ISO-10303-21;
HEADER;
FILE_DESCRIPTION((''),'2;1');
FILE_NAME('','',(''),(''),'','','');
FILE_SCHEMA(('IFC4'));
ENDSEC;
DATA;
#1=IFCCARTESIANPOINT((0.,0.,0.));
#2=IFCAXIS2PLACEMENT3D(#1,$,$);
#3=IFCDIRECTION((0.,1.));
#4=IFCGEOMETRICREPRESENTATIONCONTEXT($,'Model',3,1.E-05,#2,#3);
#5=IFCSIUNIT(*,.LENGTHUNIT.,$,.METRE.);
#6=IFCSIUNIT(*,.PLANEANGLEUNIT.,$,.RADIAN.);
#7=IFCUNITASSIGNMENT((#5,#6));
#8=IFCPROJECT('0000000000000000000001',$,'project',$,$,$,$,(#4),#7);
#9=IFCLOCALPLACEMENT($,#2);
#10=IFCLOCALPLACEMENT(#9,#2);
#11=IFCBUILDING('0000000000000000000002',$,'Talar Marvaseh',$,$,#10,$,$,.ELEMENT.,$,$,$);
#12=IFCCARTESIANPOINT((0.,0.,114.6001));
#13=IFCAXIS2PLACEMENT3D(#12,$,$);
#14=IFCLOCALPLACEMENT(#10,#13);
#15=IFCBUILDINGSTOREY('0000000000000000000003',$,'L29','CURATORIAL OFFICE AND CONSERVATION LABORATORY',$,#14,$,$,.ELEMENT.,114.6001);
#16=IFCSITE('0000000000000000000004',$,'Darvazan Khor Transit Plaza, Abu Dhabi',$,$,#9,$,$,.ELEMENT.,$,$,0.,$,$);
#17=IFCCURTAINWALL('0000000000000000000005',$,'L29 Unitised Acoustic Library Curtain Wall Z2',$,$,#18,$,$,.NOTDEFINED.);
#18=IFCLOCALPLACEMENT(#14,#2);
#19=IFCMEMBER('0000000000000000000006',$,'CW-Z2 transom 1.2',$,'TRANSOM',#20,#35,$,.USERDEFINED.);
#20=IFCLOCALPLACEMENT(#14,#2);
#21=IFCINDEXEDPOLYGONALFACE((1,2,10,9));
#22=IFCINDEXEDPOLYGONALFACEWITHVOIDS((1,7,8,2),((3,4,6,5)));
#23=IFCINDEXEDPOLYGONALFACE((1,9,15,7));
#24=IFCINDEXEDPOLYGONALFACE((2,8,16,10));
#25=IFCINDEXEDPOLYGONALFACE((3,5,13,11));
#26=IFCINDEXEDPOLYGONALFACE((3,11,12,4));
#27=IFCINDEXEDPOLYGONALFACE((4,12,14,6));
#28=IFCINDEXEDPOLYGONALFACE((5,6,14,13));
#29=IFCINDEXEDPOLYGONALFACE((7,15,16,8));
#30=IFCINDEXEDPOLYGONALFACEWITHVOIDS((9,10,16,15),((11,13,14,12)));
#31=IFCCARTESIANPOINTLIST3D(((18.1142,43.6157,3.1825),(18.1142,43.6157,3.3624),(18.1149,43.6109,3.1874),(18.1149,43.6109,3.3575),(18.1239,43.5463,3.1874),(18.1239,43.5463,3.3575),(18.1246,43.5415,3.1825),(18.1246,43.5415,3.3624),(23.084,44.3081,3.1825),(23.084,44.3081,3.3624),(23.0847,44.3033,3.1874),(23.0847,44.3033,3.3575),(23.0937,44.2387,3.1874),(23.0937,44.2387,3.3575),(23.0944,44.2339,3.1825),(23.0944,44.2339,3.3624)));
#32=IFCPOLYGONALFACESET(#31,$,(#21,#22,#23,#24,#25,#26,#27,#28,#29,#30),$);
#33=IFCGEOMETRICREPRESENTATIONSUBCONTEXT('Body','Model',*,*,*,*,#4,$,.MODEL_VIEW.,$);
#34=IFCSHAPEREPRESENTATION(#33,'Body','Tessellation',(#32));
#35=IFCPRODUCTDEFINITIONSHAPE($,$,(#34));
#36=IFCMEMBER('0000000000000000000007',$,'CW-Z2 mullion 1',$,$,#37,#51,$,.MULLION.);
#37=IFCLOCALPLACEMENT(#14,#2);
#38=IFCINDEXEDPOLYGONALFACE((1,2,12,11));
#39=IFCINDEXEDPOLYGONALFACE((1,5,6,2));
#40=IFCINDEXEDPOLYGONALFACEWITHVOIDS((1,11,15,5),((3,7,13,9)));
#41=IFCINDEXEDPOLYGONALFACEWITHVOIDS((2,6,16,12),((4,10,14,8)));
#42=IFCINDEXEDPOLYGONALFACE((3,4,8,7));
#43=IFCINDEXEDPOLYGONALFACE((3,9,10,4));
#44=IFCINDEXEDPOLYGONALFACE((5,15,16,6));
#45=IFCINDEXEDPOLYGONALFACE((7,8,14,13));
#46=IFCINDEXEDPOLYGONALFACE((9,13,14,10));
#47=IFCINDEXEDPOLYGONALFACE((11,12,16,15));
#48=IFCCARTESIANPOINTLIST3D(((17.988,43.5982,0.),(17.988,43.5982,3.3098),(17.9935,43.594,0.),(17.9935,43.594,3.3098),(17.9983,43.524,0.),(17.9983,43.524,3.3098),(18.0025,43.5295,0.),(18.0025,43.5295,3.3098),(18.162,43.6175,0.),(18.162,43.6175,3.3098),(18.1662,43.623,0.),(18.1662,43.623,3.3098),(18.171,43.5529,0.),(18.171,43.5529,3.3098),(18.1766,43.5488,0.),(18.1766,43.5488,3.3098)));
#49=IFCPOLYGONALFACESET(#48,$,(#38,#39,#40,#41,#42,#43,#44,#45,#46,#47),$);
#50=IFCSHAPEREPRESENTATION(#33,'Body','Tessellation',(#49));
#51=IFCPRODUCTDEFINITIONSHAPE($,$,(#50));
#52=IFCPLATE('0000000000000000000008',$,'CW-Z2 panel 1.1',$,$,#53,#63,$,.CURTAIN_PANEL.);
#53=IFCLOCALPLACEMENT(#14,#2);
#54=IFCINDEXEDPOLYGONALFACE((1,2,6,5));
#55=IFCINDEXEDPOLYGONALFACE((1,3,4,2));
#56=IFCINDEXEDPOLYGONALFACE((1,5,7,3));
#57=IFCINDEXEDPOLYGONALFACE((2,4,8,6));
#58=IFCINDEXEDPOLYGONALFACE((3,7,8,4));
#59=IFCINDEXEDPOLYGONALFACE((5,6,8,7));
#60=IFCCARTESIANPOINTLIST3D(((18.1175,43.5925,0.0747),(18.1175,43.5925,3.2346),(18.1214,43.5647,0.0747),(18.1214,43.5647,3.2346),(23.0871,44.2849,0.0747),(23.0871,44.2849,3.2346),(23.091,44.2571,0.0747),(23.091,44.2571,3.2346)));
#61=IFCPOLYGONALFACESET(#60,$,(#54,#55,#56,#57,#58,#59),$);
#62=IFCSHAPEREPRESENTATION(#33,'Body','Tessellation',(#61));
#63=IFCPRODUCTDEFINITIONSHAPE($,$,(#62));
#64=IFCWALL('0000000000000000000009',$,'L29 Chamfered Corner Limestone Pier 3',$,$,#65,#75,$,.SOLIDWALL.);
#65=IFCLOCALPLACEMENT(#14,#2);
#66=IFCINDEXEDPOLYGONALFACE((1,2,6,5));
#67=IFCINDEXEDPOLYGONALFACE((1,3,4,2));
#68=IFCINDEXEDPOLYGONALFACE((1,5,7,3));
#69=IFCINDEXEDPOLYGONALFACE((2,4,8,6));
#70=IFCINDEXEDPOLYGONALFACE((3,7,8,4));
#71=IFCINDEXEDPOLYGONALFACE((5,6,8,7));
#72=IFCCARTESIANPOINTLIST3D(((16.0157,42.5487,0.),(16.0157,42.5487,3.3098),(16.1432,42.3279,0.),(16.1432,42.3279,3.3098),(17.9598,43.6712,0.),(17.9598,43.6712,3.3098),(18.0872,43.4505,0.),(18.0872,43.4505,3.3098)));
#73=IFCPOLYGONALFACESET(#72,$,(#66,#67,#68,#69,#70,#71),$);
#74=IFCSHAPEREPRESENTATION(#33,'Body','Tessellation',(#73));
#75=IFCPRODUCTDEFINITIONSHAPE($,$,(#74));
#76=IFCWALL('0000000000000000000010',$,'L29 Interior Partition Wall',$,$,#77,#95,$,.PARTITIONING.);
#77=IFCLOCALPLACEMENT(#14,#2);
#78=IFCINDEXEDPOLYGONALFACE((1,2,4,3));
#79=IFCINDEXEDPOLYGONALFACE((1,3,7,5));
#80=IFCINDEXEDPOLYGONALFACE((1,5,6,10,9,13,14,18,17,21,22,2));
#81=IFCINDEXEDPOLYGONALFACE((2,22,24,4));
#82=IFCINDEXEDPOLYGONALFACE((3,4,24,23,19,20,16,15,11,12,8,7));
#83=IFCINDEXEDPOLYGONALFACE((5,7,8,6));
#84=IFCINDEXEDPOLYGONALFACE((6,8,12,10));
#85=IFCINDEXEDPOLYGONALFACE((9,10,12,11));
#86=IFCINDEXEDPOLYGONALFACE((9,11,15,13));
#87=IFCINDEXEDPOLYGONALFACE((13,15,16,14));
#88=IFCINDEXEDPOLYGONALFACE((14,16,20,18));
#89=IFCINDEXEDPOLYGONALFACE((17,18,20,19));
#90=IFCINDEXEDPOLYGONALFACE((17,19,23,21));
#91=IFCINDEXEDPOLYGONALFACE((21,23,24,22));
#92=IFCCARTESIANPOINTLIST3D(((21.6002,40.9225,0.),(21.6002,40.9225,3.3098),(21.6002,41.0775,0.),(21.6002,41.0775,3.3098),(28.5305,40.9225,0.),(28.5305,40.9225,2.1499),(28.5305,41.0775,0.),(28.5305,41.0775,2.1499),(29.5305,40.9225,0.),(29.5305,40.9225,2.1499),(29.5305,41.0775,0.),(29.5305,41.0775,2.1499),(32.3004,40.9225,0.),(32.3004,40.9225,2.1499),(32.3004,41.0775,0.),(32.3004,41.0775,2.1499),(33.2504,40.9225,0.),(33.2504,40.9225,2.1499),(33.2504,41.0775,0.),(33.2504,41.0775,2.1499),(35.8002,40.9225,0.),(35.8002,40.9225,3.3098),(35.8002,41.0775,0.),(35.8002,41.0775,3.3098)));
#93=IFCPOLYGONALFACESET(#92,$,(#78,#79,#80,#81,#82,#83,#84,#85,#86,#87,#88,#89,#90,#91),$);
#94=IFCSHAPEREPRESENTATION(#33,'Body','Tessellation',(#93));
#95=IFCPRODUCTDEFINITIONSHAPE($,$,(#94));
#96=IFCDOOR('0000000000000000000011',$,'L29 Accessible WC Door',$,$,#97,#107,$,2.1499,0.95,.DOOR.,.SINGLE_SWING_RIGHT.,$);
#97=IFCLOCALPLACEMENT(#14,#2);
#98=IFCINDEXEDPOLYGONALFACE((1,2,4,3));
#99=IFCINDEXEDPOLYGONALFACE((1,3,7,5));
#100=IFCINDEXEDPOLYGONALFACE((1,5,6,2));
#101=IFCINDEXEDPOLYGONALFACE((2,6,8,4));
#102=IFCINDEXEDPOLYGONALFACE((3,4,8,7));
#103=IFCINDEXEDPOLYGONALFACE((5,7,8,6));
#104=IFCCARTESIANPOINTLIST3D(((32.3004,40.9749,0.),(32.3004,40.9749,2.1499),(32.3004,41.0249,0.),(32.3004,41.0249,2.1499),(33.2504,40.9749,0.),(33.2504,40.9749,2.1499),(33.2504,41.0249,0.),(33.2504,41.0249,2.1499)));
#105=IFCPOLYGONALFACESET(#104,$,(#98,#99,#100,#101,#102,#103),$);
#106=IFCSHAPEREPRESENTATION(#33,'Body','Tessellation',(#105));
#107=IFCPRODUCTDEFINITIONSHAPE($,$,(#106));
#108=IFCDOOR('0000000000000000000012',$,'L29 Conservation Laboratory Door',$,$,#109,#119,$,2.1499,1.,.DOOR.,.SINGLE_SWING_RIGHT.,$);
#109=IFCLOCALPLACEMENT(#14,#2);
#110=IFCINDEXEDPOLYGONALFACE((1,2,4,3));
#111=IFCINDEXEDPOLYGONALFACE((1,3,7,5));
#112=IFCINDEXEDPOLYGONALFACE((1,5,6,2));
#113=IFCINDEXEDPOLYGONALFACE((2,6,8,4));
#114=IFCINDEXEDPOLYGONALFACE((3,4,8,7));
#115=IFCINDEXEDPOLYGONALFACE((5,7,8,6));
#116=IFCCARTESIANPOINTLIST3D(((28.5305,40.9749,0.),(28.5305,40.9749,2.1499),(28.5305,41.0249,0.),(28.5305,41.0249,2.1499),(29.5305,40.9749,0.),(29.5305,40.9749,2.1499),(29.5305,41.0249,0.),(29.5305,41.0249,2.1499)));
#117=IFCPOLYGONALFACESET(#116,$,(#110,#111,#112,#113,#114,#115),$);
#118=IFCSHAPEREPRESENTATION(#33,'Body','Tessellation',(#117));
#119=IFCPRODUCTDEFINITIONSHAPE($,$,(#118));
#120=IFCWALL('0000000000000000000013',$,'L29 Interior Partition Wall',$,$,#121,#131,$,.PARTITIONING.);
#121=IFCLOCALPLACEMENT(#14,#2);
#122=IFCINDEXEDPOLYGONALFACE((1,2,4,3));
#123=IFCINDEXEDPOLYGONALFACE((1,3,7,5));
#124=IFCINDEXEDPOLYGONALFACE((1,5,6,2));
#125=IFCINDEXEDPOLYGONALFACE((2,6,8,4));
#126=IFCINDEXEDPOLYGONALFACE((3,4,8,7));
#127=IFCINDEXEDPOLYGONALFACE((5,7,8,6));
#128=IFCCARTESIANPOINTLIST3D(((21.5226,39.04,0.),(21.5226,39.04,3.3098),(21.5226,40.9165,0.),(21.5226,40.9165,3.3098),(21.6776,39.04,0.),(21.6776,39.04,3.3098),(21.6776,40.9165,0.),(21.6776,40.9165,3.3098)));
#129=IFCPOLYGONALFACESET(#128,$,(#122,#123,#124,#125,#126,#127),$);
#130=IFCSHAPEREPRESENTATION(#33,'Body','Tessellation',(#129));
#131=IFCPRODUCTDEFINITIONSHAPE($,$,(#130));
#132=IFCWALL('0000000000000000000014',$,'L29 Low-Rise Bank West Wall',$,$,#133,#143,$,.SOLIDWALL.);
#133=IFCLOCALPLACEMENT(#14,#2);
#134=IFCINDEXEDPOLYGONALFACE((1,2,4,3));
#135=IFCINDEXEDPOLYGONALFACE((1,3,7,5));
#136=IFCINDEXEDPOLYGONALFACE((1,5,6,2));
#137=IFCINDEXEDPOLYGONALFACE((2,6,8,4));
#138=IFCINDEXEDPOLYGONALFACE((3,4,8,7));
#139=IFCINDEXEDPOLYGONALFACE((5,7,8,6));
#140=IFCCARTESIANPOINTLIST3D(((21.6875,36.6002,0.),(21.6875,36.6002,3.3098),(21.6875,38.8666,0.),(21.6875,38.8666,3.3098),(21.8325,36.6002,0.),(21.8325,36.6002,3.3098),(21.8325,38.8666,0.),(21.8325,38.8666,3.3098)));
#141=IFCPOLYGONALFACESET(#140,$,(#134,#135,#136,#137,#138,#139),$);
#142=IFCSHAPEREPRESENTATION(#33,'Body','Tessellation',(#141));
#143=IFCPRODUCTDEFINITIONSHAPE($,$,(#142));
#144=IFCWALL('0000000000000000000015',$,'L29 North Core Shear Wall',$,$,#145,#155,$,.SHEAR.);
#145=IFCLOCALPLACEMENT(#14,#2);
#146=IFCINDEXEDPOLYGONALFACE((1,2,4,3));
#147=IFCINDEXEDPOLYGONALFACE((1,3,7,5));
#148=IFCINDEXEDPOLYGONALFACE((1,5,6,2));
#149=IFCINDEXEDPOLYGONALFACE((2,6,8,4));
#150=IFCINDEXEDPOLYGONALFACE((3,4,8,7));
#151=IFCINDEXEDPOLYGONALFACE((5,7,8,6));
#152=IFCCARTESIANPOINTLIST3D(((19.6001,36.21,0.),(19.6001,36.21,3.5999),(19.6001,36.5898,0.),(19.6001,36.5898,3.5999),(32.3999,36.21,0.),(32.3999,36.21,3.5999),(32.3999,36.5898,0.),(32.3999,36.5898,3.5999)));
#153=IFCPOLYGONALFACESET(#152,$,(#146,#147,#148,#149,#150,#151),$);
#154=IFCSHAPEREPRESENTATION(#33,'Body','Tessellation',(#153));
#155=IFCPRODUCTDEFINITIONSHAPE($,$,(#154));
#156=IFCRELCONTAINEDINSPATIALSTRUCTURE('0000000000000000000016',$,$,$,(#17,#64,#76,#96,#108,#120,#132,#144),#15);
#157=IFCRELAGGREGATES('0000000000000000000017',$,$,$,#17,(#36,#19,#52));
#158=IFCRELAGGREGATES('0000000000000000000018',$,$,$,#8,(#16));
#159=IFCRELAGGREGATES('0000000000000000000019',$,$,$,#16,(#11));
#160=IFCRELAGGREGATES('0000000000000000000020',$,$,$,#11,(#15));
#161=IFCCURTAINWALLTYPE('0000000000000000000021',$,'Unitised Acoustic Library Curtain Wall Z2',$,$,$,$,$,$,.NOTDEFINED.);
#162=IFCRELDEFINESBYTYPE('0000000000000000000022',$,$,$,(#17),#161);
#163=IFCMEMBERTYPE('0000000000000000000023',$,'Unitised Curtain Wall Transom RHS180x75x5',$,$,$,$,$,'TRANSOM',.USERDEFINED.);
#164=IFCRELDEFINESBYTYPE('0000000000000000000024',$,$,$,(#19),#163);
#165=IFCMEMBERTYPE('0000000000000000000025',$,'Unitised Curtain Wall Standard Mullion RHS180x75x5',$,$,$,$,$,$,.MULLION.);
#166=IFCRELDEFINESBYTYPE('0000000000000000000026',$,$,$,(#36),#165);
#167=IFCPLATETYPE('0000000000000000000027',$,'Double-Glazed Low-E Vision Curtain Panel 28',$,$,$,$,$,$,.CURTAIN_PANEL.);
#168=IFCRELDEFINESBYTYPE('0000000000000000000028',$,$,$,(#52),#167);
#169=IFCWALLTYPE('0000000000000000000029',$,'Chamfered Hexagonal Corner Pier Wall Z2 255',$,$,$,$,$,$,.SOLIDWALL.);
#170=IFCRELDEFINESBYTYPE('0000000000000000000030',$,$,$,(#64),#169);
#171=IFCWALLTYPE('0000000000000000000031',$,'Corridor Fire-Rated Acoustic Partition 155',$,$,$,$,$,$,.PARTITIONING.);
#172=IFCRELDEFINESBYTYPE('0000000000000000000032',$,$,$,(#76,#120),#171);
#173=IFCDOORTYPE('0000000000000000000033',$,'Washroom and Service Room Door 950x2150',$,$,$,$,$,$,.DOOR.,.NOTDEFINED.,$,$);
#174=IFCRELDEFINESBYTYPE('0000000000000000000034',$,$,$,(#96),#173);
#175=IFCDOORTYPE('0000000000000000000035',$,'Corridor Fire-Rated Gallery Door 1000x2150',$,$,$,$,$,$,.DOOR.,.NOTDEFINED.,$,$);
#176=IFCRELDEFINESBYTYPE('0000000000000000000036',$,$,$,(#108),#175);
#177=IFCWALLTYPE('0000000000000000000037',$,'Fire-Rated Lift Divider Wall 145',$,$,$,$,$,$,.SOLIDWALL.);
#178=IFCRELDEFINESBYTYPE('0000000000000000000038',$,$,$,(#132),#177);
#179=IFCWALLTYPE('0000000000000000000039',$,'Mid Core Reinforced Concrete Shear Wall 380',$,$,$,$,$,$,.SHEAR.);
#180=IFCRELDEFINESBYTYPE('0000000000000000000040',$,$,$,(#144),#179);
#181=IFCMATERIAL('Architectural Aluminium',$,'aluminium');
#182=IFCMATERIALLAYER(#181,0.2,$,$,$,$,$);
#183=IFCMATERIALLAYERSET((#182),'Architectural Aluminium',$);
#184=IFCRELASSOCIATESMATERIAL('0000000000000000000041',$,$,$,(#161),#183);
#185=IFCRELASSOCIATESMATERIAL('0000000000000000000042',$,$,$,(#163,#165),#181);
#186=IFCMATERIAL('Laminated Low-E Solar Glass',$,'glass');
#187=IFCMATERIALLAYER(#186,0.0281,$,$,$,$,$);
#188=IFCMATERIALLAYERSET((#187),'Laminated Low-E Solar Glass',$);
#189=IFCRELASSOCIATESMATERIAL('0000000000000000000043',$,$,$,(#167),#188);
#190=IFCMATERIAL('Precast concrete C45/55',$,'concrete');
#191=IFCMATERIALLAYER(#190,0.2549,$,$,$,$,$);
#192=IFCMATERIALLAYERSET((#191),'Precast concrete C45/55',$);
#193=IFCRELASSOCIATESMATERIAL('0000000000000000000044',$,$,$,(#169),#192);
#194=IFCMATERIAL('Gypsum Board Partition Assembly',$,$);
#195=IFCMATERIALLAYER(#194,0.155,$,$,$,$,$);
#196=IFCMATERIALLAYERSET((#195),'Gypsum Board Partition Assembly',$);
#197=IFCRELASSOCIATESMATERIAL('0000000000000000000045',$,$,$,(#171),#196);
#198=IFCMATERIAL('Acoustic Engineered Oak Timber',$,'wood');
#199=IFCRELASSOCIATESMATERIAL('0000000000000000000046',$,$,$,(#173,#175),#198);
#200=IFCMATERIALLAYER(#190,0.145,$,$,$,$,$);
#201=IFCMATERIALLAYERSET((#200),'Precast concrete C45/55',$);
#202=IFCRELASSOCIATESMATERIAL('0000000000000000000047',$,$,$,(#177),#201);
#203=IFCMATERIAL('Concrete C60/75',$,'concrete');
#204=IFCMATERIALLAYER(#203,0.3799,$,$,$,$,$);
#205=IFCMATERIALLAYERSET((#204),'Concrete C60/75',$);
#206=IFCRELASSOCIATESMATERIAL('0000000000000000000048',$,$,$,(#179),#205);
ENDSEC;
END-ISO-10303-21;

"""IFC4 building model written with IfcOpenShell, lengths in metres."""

from ifc_helpers import new_model, si_unit, direction, frame, frame_2d, origin, origin_2d, place, context, subcontext, project, spatial, rectangle, hollow_rectangle, extrude, source, transform, mapped, material, layer, layer_set, material_profile, profile_set, type_object, type_shapes, element, fill, aggregate, save


model = new_model("IFC4")

# Units and contexts
model_context = context("Model", 3, precision=1e-05, world=origin(), true_north=direction((0.0, 1.0)))
body_context = subcontext(model_context, "Body", "Model", "MODEL_VIEW")
ifc_project = project(units=[si_unit("LENGTHUNIT", "METRE"), si_unit("PLANEANGLEUNIT", "RADIAN")], contexts=[model_context])

# Site, building, storey
site_placement = place(None, origin())
site = spatial("IfcSite", under=ifc_project, at=site_placement, Name="Darvazan Khor Transit Plaza, Abu Dhabi", CompositionType="ELEMENT", RefElevation=0.0)
building_placement = place(site_placement, origin())
building = spatial("IfcBuilding", under=site, at=building_placement, Name="Talar Marvaseh", CompositionType="ELEMENT")
storey_placement = place(building_placement, frame((0.0, 0.0, 114.6001)))
storey = spatial("IfcBuildingStorey", under=building, at=storey_placement, Name="L29", Description="CURATORIAL OFFICE AND CONSERVATION LABORATORY", CompositionType="ELEMENT", Elevation=114.6001)

# Shared definitions
ifc_material_1 = material(Name="Concrete C60/75", Category="concrete")

# Curtain wall, members, plate
ifc_material_2 = material(Name="Architectural Aluminium", Category="aluminium")
ifc_layer_1 = layer(ifc_material_2, 0.2)
ifc_layer_set_1 = layer_set([ifc_layer_1], Name="Architectural Aluminium")
curtain_wall_type = type_object("IfcCurtainWallType", Name="Unitised Acoustic Library Curtain Wall Z2", PredefinedType="NOTDEFINED", material=ifc_layer_set_1)
curtain_wall_placement = place(storey_placement, origin())
curtain_wall = element("IfcCurtainWall", 1, at=curtain_wall_placement, inside=storey, type_object=curtain_wall_type, Name="L29 Unitised Acoustic Library Curtain Wall Z2", PredefinedType="NOTDEFINED")
ifc_material_profile_1 = material_profile(ifc_material_2, hollow_rectangle(XDim=0.075, YDim=0.1799, WallThickness=0.0049, at=origin_2d()), Name="RHS180x75x5")
ifc_profile_set_1 = profile_set([ifc_material_profile_1], Name="Architectural Aluminium")
member_type_1 = type_object("IfcMemberType", Name="Unitised Curtain Wall Transom RHS180x75x5", ElementType="TRANSOM", PredefinedType="USERDEFINED", material=ifc_profile_set_1)
shared_shape_1 = source(origin(), body_context, "Body", "SweptSolid", [
    extrude(hollow_rectangle(XDim=0.075, YDim=0.1799, WallThickness=0.0049, at=origin_2d()), origin(), (0.0, 0.0, 1.0), 5.0178),
])
type_shapes(member_type_1, [shared_shape_1])
member_1_placement = place(storey_placement, frame((18.1194, 43.5786, 3.2725), z_axis=(0.990434, 0.137987, 0.0), x_axis=(-0.137987, 0.990434, 0.0)))
member_1 = element("IfcMember", 2, at=member_1_placement, type_object=member_type_1, Name="CW-Z2 transom 1.2", ObjectType="TRANSOM", PredefinedType="USERDEFINED", context=body_context, shape_type="MappedRepresentation", body=[
    mapped(shared_shape_1, transform((0.0, 0.0, 0.0), x_axis=(1.0, 0.0, 0.0), y_axis=(0.0, 1.0, 0.0), z_axis=(0.0, 0.0, 1.0), scale=1.0)),
])
ifc_material_profile_2 = material_profile(ifc_material_2, hollow_rectangle(XDim=0.075, YDim=0.1799, WallThickness=0.0049, at=origin_2d()), Name="RHS180x75x5")
ifc_profile_set_2 = profile_set([ifc_material_profile_2], Name="Architectural Aluminium")
member_type_2 = type_object("IfcMemberType", Name="Unitised Curtain Wall Standard Mullion RHS180x75x5", PredefinedType="MULLION", material=ifc_profile_set_2)
shared_shape_2 = source(origin(), body_context, "Body", "SweptSolid", [
    extrude(hollow_rectangle(XDim=0.075, YDim=0.1799, WallThickness=0.0049, at=origin_2d()), origin(), (0.0, 0.0, 1.0), 3.3098),
])
type_shapes(member_type_2, [shared_shape_2])
member_2_placement = place(storey_placement, frame((18.0823, 43.5735, 0.0), z_axis=(0.0, 0.0, 1.0), x_axis=(-0.137997, 0.990433, 0.0)))
member_2 = element("IfcMember", 3, at=member_2_placement, type_object=member_type_2, Name="CW-Z2 mullion 1", PredefinedType="MULLION", context=body_context, shape_type="MappedRepresentation", body=[
    mapped(shared_shape_2, transform((0.0, 0.0, 0.0), x_axis=(1.0, 0.0, 0.0), y_axis=(0.0, 1.0, 0.0), z_axis=(0.0, 0.0, 1.0), scale=1.0)),
])
ifc_material_3 = material(Name="Laminated Low-E Solar Glass", Category="glass")
ifc_layer_2 = layer(ifc_material_3, 0.0281)
ifc_layer_set_2 = layer_set([ifc_layer_2], Name="Laminated Low-E Solar Glass")
plate_type = type_object("IfcPlateType", Name="Double-Glazed Low-E Vision Curtain Panel 28", PredefinedType="CURTAIN_PANEL", material=ifc_layer_set_2)
shared_shape_3 = source(origin(), body_context, "Body", "SweptSolid", [
    extrude(rectangle(XDim=5.0176, YDim=0.0281, at=origin_2d()), origin(), (0.0, 0.0, 1.0), 3.1599),
])
type_shapes(plate_type, [shared_shape_3])
plate_placement = place(storey_placement, frame((20.6042, 43.9248, 0.0747), z_axis=(0.0, 0.0, 1.0), x_axis=(0.990433, 0.137997, 0.0)))
plate = element("IfcPlate", 4, at=plate_placement, type_object=plate_type, Name="CW-Z2 panel 1.1", PredefinedType="CURTAIN_PANEL", context=body_context, shape_type="MappedRepresentation", body=[
    mapped(shared_shape_3, transform((0.0, 0.0, 0.0), x_axis=(1.0, 0.0, 0.0), y_axis=(0.0, 1.0, 0.0), z_axis=(0.0, 0.0, 1.0), scale=1.0)),
])
aggregate(curtain_wall, [member_2, member_1, plate])

# Wall
ifc_material_4 = material(Name="Precast concrete C45/55", Category="concrete")
ifc_layer_3 = layer(ifc_material_4, 0.2549)
ifc_layer_set_3 = layer_set([ifc_layer_3], Name="Precast concrete C45/55")
wall_type_1 = type_object("IfcWallType", Name="Chamfered Hexagonal Corner Pier Wall Z2 255", PredefinedType="SOLIDWALL", material=ifc_layer_set_3)
wall_1_placement = place(storey_placement, frame((16.0793, 42.4382, 0.0), z_axis=(0.0, 0.0, 1.0), x_axis=(0.865999, 0.500046, 0.0)))
element("IfcWall", 5, at=wall_1_placement, inside=storey, type_object=wall_type_1, Name="L29 Chamfered Corner Limestone Pier 3", PredefinedType="SOLIDWALL", context=body_context, shape_type="SweptSolid", body=[
    extrude(rectangle(XDim=2.2449, YDim=0.2549, at=frame_2d((1.1226, 0.0))), origin(), (0.0, 0.0, 1.0), 3.3098),
])

# Wall, openings, doors
ifc_material_5 = material(Name="Gypsum Board Partition Assembly")
ifc_layer_4 = layer(ifc_material_5, 0.155)
ifc_layer_set_4 = layer_set([ifc_layer_4], Name="Gypsum Board Partition Assembly")
wall_type_2 = type_object("IfcWallType", Name="Corridor Fire-Rated Acoustic Partition 155", PredefinedType="PARTITIONING", material=ifc_layer_set_4)
wall_2_placement = place(storey_placement, frame((21.6001, 41.0, 0.0), z_axis=(0.0, 0.0, 1.0), x_axis=(1.0, 0.0, 0.0)))
wall_2 = element("IfcWall", 6, at=wall_2_placement, inside=storey, type_object=wall_type_2, Name="L29 Interior Partition Wall", PredefinedType="PARTITIONING", context=body_context, shape_type="SweptSolid", body=[
    extrude(rectangle(XDim=14.2, YDim=0.155, at=frame_2d((7.1001, 0.0))), origin(), (0.0, 0.0, 1.0), 3.3098),
])
opening_1_placement = place(wall_2_placement, frame((10.7002, 0.0, 0.0)))
opening_1 = element("IfcOpeningElement", 7, at=opening_1_placement, cuts=wall_2, PredefinedType="OPENING", context=body_context, shape_type="SweptSolid", body=[
    extrude(rectangle(XDim=0.95, YDim=2.1499, at=frame_2d((0.4751, 1.075))), frame((0.0, 0.0874, 0.0), z_axis=(0.0, -1.0, 0.0), x_axis=(1.0, 0.0, 0.0)), (0.0, 0.0, 1.0), 0.175),
])
opening_2_placement = place(wall_2_placement, frame((6.9304, 0.0, 0.0)))
opening_2 = element("IfcOpeningElement", 8, at=opening_2_placement, cuts=wall_2, PredefinedType="OPENING", context=body_context, shape_type="SweptSolid", body=[
    extrude(rectangle(XDim=1.0, YDim=2.1499, at=frame_2d((0.5, 1.075))), frame((0.0, 0.0874, 0.0), z_axis=(0.0, -1.0, 0.0), x_axis=(1.0, 0.0, 0.0)), (0.0, 0.0, 1.0), 0.175),
])
ifc_material_6 = material(Name="Acoustic Engineered Oak Timber", Category="wood")
door_type_1 = type_object("IfcDoorType", Name="Washroom and Service Room Door 950x2150", OperationType="NOTDEFINED", PredefinedType="DOOR", material=ifc_material_6)
shared_shape_4 = source(origin(), body_context, "Body", "SweptSolid", [
    extrude(rectangle(XDim=0.95, YDim=2.1499, at=frame_2d((0.4751, 1.075))), frame((0.0, 0.0249, 0.0), z_axis=(0.0, -1.0, 0.0), x_axis=(1.0, 0.0, 0.0)), (0.0, 0.0, 1.0), 0.05),
])
type_shapes(door_type_1, [shared_shape_4])
door_1_placement = place(opening_1_placement, origin())
door_1 = element("IfcDoor", 9, at=door_1_placement, inside=storey, type_object=door_type_1, Name="L29 Accessible WC Door", OperationType="SINGLE_SWING_RIGHT", OverallHeight=2.1499, OverallWidth=0.95, PredefinedType="DOOR", context=body_context, shape_type="MappedRepresentation", body=[
    mapped(shared_shape_4, transform((0.0, 0.0, 0.0), x_axis=(1.0, 0.0, 0.0), y_axis=(0.0, 1.0, 0.0), z_axis=(0.0, 0.0, 1.0), scale=1.0)),
])
fill(opening_1, door_1)
door_type_2 = type_object("IfcDoorType", Name="Corridor Fire-Rated Gallery Door 1000x2150", OperationType="NOTDEFINED", PredefinedType="DOOR", material=ifc_material_6)
shared_shape_5 = source(origin(), body_context, "Body", "SweptSolid", [
    extrude(rectangle(XDim=1.0, YDim=2.1499, at=frame_2d((0.5, 1.075))), frame((0.0, 0.0249, 0.0), z_axis=(0.0, -1.0, 0.0), x_axis=(1.0, 0.0, 0.0)), (0.0, 0.0, 1.0), 0.05),
])
type_shapes(door_type_2, [shared_shape_5])
door_2_placement = place(opening_2_placement, origin())
door_2 = element("IfcDoor", 10, at=door_2_placement, inside=storey, type_object=door_type_2, Name="L29 Conservation Laboratory Door", OperationType="SINGLE_SWING_RIGHT", OverallHeight=2.1499, OverallWidth=1.0, PredefinedType="DOOR", context=body_context, shape_type="MappedRepresentation", body=[
    mapped(shared_shape_5, transform((0.0, 0.0, 0.0), x_axis=(1.0, 0.0, 0.0), y_axis=(0.0, 1.0, 0.0), z_axis=(0.0, 0.0, 1.0), scale=1.0)),
])
fill(opening_2, door_2)

# Walls
wall_3_placement = place(storey_placement, frame((21.6001, 39.04, 0.0), z_axis=(0.0, 0.0, 1.0), x_axis=(0.0, 1.0, 0.0)))
element("IfcWall", 11, at=wall_3_placement, inside=storey, type_object=wall_type_2, Name="L29 Interior Partition Wall", PredefinedType="PARTITIONING", context=body_context, shape_type="SweptSolid", body=[
    extrude(rectangle(XDim=1.8765, YDim=0.155, at=frame_2d((0.9382, 0.0))), origin(), (0.0, 0.0, 1.0), 3.3098),
])
ifc_layer_5 = layer(ifc_material_4, 0.145)
ifc_layer_set_5 = layer_set([ifc_layer_5], Name="Precast concrete C45/55")
wall_type_3 = type_object("IfcWallType", Name="Fire-Rated Lift Divider Wall 145", PredefinedType="SOLIDWALL", material=ifc_layer_set_5)
wall_4_placement = place(storey_placement, frame((21.76, 36.6001, 0.0), z_axis=(0.0, 0.0, 1.0), x_axis=(0.0, 1.0, 0.0)))
element("IfcWall", 12, at=wall_4_placement, inside=storey, type_object=wall_type_3, Name="L29 Low-Rise Bank West Wall", PredefinedType="SOLIDWALL", context=body_context, shape_type="SweptSolid", body=[
    extrude(rectangle(XDim=2.2664, YDim=0.145, at=frame_2d((1.1333, 0.0))), origin(), (0.0, 0.0, 1.0), 3.3098),
])

# Wall
ifc_layer_6 = layer(ifc_material_1, 0.3799)
ifc_layer_set_6 = layer_set([ifc_layer_6], Name="Concrete C60/75")
wall_type_4 = type_object("IfcWallType", Name="Mid Core Reinforced Concrete Shear Wall 380", PredefinedType="SHEAR", material=ifc_layer_set_6)
wall_5_placement = place(storey_placement, frame((19.6001, 36.3999, 0.0), z_axis=(0.0, 0.0, 1.0), x_axis=(1.0, 0.0, 0.0)))
element("IfcWall", 13, at=wall_5_placement, inside=storey, type_object=wall_type_4, Name="L29 North Core Shear Wall", PredefinedType="SHEAR", context=body_context, shape_type="SweptSolid", body=[
    extrude(rectangle(XDim=12.7998, YDim=0.3799, at=frame_2d((6.3999, 0.0))), origin(), (0.0, 0.0, 1.0), 3.5999),
])

save(model, "model.ifc")
